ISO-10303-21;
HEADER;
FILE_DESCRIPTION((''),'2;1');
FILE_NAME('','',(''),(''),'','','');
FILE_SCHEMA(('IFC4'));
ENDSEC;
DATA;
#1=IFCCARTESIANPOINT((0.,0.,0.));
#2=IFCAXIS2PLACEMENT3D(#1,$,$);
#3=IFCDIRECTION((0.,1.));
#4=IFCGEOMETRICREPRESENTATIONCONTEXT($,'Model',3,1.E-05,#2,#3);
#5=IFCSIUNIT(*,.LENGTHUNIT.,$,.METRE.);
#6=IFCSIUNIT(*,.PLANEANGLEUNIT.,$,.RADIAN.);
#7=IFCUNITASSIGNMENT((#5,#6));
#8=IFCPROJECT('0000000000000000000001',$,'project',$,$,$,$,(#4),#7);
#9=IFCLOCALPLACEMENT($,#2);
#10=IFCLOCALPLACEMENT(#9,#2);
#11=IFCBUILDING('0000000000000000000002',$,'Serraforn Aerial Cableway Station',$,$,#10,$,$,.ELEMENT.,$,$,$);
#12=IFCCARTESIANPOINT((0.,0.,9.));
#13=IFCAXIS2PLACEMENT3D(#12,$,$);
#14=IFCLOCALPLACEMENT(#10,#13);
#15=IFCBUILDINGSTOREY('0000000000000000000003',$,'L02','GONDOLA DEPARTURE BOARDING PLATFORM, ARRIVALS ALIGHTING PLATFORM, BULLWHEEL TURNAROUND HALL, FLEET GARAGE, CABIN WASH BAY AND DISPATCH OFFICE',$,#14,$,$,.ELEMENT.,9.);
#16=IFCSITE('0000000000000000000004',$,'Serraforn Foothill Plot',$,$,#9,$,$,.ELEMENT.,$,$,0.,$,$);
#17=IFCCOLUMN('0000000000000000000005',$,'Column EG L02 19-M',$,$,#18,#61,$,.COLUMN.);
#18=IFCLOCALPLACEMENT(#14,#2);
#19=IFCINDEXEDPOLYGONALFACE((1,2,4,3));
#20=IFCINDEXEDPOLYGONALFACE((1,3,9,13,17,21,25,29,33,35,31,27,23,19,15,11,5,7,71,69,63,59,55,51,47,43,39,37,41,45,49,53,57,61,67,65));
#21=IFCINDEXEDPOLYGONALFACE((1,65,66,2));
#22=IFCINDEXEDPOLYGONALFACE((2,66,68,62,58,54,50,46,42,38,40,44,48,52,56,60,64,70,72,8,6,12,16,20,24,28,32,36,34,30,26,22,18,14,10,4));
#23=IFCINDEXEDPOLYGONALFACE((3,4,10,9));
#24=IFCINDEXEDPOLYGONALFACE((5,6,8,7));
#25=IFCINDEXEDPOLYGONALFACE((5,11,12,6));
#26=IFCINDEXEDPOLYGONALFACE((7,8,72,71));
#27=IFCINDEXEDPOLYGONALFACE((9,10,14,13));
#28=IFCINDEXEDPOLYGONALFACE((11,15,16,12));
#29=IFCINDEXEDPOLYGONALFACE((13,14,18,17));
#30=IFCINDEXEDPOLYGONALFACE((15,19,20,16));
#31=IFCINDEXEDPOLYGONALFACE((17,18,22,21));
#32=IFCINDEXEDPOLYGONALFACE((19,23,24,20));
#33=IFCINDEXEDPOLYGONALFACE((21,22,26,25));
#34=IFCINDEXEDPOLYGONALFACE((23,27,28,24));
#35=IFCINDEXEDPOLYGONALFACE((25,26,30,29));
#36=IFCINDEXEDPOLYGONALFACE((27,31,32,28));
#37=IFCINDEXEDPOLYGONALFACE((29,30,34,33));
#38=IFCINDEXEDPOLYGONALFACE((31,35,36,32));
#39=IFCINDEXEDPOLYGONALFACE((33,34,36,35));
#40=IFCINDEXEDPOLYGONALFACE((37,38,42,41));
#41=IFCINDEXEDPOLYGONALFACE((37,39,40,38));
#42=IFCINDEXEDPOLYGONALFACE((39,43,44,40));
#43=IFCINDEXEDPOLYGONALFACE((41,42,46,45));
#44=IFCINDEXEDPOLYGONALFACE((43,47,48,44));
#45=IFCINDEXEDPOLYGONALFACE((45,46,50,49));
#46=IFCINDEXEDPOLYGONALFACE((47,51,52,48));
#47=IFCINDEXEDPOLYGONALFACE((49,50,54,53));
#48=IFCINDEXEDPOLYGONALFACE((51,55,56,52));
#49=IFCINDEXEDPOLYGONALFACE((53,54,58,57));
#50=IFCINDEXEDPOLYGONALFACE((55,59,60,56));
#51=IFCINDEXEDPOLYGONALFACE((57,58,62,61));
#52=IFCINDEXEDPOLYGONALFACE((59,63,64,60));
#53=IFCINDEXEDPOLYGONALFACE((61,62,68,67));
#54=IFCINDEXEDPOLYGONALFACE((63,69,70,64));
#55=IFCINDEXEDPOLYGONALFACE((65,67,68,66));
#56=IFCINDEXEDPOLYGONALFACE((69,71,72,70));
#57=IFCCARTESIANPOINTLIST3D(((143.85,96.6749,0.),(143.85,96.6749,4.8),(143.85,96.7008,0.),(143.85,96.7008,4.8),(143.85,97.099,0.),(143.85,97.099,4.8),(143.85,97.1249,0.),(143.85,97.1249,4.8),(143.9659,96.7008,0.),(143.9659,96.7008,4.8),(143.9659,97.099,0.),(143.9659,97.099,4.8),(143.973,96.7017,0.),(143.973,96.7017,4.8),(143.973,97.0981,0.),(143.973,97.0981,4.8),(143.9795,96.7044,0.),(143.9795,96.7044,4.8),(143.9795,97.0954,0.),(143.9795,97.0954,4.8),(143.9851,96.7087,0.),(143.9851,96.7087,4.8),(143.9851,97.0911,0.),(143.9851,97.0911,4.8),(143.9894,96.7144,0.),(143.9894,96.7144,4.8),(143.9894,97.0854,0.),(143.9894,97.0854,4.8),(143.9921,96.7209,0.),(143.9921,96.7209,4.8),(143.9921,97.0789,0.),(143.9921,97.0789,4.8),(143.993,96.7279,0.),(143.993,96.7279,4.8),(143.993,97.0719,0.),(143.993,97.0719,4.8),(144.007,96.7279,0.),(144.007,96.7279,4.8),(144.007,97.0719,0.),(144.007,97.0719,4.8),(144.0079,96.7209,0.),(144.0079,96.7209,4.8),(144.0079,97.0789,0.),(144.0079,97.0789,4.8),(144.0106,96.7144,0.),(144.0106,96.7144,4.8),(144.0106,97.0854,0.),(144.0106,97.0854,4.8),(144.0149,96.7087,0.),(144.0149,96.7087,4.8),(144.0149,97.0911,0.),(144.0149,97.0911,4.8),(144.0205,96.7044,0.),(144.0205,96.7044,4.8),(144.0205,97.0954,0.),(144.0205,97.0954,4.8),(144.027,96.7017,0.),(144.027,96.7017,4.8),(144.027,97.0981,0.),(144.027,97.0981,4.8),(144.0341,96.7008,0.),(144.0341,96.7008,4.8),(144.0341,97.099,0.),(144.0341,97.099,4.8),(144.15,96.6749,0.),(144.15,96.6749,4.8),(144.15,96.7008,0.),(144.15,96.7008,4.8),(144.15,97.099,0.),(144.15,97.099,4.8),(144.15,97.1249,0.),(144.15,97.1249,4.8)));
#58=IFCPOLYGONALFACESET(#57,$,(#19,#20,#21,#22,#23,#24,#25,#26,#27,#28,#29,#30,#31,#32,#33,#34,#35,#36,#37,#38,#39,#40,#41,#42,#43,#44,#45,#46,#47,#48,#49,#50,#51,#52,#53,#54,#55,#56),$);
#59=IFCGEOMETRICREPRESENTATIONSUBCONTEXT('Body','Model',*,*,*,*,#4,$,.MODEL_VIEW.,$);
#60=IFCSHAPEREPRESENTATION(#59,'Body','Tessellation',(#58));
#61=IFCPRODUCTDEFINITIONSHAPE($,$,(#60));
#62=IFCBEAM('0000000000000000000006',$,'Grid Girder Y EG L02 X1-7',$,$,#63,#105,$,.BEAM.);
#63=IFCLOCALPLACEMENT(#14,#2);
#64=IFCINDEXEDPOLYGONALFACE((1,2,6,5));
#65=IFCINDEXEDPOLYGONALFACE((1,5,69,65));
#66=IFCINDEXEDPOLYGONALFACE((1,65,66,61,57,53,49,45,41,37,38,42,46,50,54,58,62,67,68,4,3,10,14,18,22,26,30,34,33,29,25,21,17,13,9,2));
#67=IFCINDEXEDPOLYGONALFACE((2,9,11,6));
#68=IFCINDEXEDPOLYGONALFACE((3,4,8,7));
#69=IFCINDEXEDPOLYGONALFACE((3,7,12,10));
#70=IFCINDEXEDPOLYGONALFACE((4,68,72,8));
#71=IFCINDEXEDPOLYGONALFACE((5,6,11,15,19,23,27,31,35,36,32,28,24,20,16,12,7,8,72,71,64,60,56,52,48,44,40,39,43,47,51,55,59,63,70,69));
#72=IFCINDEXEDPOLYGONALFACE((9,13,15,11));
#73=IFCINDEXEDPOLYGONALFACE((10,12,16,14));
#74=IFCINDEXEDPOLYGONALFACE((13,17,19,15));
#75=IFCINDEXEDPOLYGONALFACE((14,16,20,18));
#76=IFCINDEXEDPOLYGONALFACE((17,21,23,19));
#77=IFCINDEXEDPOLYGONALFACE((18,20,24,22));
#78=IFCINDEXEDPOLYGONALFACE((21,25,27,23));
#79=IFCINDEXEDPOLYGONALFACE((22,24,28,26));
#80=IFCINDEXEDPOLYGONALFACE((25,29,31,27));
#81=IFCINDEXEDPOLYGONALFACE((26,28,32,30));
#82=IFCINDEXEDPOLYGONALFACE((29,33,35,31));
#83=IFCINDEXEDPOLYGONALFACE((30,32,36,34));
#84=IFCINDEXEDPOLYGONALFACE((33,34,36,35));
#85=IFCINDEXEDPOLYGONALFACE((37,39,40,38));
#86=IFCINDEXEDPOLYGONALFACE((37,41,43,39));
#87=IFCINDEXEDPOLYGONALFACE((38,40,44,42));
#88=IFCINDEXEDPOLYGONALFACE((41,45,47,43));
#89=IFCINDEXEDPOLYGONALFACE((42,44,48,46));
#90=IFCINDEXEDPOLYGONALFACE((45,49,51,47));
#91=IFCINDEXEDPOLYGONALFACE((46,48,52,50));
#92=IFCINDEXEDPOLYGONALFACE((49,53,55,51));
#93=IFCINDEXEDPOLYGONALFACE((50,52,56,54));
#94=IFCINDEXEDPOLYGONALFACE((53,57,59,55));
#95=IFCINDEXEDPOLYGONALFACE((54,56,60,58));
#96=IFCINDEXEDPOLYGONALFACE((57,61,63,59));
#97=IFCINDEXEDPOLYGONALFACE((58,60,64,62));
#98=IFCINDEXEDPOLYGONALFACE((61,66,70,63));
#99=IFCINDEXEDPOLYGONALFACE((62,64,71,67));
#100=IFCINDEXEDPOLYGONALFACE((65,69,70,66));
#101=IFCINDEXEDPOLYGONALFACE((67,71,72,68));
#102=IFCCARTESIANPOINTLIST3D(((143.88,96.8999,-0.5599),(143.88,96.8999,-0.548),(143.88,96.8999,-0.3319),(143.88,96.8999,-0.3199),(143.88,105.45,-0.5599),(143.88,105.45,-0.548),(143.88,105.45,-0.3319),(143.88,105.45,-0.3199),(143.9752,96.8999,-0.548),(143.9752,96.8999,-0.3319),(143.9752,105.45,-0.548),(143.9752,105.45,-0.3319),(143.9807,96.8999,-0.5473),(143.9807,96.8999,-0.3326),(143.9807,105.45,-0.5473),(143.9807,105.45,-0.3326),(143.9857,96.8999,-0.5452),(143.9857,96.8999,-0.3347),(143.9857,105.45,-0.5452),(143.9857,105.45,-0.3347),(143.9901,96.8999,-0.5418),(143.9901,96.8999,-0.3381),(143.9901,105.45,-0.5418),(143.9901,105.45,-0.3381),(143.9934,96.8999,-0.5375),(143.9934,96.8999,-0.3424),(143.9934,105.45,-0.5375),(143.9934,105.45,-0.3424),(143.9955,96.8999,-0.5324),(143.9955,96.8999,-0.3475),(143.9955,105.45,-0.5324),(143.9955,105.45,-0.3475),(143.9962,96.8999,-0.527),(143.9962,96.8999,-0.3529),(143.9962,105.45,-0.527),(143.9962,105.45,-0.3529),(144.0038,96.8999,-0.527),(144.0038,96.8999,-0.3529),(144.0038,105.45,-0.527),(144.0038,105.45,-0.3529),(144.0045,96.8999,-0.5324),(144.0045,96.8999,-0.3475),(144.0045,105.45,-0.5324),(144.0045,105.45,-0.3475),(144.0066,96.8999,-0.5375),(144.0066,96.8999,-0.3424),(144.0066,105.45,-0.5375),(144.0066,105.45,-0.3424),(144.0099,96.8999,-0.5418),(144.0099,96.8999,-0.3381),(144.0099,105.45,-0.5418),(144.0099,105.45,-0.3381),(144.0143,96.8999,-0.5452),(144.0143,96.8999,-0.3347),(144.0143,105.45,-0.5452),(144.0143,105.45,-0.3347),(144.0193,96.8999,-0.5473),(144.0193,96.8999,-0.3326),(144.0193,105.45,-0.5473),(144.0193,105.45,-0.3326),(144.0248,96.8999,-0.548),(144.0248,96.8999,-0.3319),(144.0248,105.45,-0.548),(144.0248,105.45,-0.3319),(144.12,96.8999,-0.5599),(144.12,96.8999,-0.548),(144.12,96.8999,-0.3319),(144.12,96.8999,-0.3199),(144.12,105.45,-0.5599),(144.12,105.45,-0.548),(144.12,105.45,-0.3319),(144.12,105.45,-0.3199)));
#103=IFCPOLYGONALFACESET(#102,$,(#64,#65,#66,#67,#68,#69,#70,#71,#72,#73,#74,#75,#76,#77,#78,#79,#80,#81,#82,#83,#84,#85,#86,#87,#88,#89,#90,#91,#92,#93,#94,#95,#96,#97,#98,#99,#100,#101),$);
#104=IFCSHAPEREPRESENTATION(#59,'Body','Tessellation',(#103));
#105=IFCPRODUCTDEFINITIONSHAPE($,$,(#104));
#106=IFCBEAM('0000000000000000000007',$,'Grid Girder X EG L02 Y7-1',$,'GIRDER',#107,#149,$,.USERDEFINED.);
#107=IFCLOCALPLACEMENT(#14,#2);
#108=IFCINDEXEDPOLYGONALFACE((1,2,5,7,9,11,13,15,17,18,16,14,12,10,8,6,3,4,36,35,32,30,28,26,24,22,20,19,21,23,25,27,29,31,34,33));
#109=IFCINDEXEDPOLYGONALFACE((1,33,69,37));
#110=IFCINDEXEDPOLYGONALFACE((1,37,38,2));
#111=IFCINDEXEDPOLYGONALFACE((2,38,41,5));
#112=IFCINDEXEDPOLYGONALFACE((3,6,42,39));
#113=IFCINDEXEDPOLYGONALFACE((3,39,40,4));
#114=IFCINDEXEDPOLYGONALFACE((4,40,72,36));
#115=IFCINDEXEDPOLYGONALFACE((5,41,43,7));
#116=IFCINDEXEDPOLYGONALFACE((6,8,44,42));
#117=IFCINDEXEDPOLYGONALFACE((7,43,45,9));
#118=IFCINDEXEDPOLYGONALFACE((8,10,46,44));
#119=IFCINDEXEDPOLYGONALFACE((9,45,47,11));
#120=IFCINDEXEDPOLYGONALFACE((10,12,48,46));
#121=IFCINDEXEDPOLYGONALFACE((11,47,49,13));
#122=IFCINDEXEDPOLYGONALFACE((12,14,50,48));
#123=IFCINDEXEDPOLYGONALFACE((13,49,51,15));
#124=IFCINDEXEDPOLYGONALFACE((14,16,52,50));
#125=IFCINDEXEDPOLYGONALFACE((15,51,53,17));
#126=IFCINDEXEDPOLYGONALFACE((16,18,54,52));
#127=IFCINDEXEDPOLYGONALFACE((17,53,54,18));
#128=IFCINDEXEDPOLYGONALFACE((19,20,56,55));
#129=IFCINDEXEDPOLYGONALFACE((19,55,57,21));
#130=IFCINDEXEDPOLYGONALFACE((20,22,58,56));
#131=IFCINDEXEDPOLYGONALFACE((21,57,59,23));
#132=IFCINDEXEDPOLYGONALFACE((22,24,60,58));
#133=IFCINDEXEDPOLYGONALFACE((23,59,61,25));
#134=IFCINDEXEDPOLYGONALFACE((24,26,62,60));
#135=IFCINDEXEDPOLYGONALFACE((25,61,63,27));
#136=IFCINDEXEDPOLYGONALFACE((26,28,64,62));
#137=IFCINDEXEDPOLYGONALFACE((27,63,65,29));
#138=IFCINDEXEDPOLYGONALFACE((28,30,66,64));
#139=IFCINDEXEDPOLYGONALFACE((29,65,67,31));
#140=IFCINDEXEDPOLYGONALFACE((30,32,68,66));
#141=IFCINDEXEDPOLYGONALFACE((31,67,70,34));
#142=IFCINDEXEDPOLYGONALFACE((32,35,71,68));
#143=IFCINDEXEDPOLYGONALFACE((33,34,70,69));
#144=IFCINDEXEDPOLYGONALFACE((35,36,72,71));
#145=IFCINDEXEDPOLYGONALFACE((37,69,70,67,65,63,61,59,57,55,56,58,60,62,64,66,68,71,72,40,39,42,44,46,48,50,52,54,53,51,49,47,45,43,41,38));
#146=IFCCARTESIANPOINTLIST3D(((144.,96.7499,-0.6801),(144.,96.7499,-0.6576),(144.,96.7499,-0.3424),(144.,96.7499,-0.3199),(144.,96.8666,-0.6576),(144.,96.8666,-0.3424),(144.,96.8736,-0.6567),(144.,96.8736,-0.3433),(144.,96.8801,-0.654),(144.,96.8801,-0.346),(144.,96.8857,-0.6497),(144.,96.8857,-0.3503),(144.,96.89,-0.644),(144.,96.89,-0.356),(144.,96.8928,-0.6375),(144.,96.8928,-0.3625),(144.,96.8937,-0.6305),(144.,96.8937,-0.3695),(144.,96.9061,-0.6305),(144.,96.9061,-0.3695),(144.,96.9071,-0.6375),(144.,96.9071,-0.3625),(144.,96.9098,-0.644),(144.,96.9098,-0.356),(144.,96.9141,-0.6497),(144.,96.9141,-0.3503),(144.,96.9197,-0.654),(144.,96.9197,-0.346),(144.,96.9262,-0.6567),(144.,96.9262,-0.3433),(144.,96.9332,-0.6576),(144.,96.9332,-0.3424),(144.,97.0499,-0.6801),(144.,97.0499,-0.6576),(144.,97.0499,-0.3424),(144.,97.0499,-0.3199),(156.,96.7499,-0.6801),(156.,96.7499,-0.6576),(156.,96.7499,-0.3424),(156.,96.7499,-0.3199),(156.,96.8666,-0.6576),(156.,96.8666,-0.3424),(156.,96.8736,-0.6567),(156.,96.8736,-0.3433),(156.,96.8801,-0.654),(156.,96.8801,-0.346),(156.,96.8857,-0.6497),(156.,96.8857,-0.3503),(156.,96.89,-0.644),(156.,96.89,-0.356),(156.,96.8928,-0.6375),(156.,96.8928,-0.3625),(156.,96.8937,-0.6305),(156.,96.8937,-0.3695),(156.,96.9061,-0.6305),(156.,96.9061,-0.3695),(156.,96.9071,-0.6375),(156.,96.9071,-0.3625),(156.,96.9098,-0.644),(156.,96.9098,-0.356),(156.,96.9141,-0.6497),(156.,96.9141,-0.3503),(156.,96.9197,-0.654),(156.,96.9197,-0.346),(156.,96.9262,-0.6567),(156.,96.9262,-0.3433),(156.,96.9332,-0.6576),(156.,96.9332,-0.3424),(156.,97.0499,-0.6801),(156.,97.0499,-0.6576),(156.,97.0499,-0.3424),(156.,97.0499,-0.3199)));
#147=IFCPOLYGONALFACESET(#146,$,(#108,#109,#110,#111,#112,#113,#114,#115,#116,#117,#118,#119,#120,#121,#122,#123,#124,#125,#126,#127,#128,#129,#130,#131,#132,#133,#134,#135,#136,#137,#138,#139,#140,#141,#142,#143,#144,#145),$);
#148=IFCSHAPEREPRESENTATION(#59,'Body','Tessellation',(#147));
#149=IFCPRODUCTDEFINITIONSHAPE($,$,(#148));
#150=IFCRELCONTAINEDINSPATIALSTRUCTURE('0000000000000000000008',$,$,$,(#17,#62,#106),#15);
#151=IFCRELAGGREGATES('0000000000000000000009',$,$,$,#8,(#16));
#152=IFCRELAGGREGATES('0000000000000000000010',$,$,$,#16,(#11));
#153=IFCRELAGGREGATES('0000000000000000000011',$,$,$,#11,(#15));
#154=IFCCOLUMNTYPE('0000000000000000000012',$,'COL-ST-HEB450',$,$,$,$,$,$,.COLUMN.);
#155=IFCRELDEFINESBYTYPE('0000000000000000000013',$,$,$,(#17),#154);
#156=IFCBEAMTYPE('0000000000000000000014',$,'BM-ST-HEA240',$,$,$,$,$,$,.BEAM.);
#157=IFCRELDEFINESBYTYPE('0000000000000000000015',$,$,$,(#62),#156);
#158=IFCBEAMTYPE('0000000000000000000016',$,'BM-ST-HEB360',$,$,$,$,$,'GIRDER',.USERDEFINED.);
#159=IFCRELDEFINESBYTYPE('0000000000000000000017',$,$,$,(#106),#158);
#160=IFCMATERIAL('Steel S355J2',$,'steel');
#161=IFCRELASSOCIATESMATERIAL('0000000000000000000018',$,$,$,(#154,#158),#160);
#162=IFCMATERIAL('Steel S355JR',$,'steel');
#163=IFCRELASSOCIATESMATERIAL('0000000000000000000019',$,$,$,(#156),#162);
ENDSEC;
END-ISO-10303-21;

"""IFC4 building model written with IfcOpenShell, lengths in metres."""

from ifc_helpers import new_model, si_unit, direction, frame, origin, origin_2d, place, context, subcontext, project, spatial, i_section, extrude, material, material_profile, profile_set, type_object, element, save


model = new_model("IFC4")

# Units and contexts
model_context = context("Model", 3, precision=1e-05, world=origin(), true_north=direction((0.0, 1.0)))
body_context = subcontext(model_context, "Body", "Model", "MODEL_VIEW")
ifc_project = project(units=[si_unit("LENGTHUNIT", "METRE"), si_unit("PLANEANGLEUNIT", "RADIAN")], contexts=[model_context])

# Site, building, storey
site_placement = place(None, origin())
site = spatial("IfcSite", under=ifc_project, at=site_placement, Name="Serraforn Foothill Plot", CompositionType="ELEMENT", RefElevation=0.0)
building_placement = place(site_placement, origin())
building = spatial("IfcBuilding", under=site, at=building_placement, Name="Serraforn Aerial Cableway Station", CompositionType="ELEMENT")
storey_placement = place(building_placement, frame((0.0, 0.0, 9.0)))
storey = spatial("IfcBuildingStorey", under=building, at=storey_placement, Name="L02", Description="GONDOLA DEPARTURE BOARDING PLATFORM, ARRIVALS ALIGHTING PLATFORM, BULLWHEEL TURNAROUND HALL, FLEET GARAGE, CABIN WASH BAY AND DISPATCH OFFICE", CompositionType="ELEMENT", Elevation=9.0)

# Column
ifc_material_1 = material(Name="Steel S355J2", Category="steel")
ifc_material_profile_1 = material_profile(ifc_material_1, i_section(OverallWidth=0.3, OverallDepth=0.45, WebThickness=0.0139, FlangeThickness=0.0259, FilletRadius=0.0271, at=origin_2d()), Name="HEB 450")
ifc_profile_set_1 = profile_set([ifc_material_profile_1], Name="Steel S355J2")
column_type = type_object("IfcColumnType", Name="COL-ST-HEB450", PredefinedType="COLUMN", material=ifc_profile_set_1)
column_placement = place(storey_placement, frame((144.0, 96.8999, 0.0), z_axis=(0.0, 0.0, 1.0), x_axis=(1.0, 0.0, 0.0)))
element("IfcColumn", 1, at=column_placement, inside=storey, type_object=column_type, Name="Column EG L02 19-M", PredefinedType="COLUMN", context=body_context, shape_type="SweptSolid", body=[
    extrude(i_section(OverallWidth=0.3, OverallDepth=0.45, WebThickness=0.0139, FlangeThickness=0.0259, FilletRadius=0.0271, at=origin_2d()), origin(), (0.0, 0.0, 1.0), 4.8),
])

# Beams
ifc_material_2 = material(Name="Steel S355JR", Category="steel")
ifc_material_profile_2 = material_profile(ifc_material_2, i_section(OverallWidth=0.24, OverallDepth=0.24, WebThickness=0.0076, FlangeThickness=0.012, FilletRadius=0.021, at=origin_2d()), Name="HEA 240")
ifc_profile_set_2 = profile_set([ifc_material_profile_2], Name="Steel S355JR")
beam_type_1 = type_object("IfcBeamType", Name="BM-ST-HEA240", PredefinedType="BEAM", material=ifc_profile_set_2)
beam_1_placement = place(storey_placement, frame((144.0, 96.8999, -0.4399), z_axis=(0.0, 1.0, 0.0), x_axis=(-1.0, 0.0, 0.0)))
element("IfcBeam", 2, at=beam_1_placement, inside=storey, type_object=beam_type_1, Name="Grid Girder Y EG L02 X1-7", PredefinedType="BEAM", context=body_context, shape_type="SweptSolid", body=[
    extrude(i_section(OverallWidth=0.24, OverallDepth=0.24, WebThickness=0.0076, FlangeThickness=0.012, FilletRadius=0.021, at=origin_2d()), origin(), (0.0, 0.0, 1.0), 8.55),
])
ifc_material_profile_3 = material_profile(ifc_material_1, i_section(OverallWidth=0.3, OverallDepth=0.3601, WebThickness=0.0125, FlangeThickness=0.0225, FilletRadius=0.0271, at=origin_2d()), Name="HEB 360")
ifc_profile_set_3 = profile_set([ifc_material_profile_3], Name="Steel S355J2")
beam_type_2 = type_object("IfcBeamType", Name="BM-ST-HEB360", ElementType="GIRDER", PredefinedType="USERDEFINED", material=ifc_profile_set_3)
beam_2_placement = place(storey_placement, frame((144.0, 96.8999, -0.5), z_axis=(1.0, 0.0, 0.0), x_axis=(0.0, 1.0, 0.0)))
element("IfcBeam", 3, at=beam_2_placement, inside=storey, type_object=beam_type_2, Name="Grid Girder X EG L02 Y7-1", ObjectType="GIRDER", PredefinedType="USERDEFINED", context=body_context, shape_type="SweptSolid", body=[
    extrude(i_section(OverallWidth=0.3, OverallDepth=0.3601, WebThickness=0.0125, FlangeThickness=0.0225, FilletRadius=0.0271, at=origin_2d()), origin(), (0.0, 0.0, 1.0), 12.0),
])

save(model, "model.ifc")
